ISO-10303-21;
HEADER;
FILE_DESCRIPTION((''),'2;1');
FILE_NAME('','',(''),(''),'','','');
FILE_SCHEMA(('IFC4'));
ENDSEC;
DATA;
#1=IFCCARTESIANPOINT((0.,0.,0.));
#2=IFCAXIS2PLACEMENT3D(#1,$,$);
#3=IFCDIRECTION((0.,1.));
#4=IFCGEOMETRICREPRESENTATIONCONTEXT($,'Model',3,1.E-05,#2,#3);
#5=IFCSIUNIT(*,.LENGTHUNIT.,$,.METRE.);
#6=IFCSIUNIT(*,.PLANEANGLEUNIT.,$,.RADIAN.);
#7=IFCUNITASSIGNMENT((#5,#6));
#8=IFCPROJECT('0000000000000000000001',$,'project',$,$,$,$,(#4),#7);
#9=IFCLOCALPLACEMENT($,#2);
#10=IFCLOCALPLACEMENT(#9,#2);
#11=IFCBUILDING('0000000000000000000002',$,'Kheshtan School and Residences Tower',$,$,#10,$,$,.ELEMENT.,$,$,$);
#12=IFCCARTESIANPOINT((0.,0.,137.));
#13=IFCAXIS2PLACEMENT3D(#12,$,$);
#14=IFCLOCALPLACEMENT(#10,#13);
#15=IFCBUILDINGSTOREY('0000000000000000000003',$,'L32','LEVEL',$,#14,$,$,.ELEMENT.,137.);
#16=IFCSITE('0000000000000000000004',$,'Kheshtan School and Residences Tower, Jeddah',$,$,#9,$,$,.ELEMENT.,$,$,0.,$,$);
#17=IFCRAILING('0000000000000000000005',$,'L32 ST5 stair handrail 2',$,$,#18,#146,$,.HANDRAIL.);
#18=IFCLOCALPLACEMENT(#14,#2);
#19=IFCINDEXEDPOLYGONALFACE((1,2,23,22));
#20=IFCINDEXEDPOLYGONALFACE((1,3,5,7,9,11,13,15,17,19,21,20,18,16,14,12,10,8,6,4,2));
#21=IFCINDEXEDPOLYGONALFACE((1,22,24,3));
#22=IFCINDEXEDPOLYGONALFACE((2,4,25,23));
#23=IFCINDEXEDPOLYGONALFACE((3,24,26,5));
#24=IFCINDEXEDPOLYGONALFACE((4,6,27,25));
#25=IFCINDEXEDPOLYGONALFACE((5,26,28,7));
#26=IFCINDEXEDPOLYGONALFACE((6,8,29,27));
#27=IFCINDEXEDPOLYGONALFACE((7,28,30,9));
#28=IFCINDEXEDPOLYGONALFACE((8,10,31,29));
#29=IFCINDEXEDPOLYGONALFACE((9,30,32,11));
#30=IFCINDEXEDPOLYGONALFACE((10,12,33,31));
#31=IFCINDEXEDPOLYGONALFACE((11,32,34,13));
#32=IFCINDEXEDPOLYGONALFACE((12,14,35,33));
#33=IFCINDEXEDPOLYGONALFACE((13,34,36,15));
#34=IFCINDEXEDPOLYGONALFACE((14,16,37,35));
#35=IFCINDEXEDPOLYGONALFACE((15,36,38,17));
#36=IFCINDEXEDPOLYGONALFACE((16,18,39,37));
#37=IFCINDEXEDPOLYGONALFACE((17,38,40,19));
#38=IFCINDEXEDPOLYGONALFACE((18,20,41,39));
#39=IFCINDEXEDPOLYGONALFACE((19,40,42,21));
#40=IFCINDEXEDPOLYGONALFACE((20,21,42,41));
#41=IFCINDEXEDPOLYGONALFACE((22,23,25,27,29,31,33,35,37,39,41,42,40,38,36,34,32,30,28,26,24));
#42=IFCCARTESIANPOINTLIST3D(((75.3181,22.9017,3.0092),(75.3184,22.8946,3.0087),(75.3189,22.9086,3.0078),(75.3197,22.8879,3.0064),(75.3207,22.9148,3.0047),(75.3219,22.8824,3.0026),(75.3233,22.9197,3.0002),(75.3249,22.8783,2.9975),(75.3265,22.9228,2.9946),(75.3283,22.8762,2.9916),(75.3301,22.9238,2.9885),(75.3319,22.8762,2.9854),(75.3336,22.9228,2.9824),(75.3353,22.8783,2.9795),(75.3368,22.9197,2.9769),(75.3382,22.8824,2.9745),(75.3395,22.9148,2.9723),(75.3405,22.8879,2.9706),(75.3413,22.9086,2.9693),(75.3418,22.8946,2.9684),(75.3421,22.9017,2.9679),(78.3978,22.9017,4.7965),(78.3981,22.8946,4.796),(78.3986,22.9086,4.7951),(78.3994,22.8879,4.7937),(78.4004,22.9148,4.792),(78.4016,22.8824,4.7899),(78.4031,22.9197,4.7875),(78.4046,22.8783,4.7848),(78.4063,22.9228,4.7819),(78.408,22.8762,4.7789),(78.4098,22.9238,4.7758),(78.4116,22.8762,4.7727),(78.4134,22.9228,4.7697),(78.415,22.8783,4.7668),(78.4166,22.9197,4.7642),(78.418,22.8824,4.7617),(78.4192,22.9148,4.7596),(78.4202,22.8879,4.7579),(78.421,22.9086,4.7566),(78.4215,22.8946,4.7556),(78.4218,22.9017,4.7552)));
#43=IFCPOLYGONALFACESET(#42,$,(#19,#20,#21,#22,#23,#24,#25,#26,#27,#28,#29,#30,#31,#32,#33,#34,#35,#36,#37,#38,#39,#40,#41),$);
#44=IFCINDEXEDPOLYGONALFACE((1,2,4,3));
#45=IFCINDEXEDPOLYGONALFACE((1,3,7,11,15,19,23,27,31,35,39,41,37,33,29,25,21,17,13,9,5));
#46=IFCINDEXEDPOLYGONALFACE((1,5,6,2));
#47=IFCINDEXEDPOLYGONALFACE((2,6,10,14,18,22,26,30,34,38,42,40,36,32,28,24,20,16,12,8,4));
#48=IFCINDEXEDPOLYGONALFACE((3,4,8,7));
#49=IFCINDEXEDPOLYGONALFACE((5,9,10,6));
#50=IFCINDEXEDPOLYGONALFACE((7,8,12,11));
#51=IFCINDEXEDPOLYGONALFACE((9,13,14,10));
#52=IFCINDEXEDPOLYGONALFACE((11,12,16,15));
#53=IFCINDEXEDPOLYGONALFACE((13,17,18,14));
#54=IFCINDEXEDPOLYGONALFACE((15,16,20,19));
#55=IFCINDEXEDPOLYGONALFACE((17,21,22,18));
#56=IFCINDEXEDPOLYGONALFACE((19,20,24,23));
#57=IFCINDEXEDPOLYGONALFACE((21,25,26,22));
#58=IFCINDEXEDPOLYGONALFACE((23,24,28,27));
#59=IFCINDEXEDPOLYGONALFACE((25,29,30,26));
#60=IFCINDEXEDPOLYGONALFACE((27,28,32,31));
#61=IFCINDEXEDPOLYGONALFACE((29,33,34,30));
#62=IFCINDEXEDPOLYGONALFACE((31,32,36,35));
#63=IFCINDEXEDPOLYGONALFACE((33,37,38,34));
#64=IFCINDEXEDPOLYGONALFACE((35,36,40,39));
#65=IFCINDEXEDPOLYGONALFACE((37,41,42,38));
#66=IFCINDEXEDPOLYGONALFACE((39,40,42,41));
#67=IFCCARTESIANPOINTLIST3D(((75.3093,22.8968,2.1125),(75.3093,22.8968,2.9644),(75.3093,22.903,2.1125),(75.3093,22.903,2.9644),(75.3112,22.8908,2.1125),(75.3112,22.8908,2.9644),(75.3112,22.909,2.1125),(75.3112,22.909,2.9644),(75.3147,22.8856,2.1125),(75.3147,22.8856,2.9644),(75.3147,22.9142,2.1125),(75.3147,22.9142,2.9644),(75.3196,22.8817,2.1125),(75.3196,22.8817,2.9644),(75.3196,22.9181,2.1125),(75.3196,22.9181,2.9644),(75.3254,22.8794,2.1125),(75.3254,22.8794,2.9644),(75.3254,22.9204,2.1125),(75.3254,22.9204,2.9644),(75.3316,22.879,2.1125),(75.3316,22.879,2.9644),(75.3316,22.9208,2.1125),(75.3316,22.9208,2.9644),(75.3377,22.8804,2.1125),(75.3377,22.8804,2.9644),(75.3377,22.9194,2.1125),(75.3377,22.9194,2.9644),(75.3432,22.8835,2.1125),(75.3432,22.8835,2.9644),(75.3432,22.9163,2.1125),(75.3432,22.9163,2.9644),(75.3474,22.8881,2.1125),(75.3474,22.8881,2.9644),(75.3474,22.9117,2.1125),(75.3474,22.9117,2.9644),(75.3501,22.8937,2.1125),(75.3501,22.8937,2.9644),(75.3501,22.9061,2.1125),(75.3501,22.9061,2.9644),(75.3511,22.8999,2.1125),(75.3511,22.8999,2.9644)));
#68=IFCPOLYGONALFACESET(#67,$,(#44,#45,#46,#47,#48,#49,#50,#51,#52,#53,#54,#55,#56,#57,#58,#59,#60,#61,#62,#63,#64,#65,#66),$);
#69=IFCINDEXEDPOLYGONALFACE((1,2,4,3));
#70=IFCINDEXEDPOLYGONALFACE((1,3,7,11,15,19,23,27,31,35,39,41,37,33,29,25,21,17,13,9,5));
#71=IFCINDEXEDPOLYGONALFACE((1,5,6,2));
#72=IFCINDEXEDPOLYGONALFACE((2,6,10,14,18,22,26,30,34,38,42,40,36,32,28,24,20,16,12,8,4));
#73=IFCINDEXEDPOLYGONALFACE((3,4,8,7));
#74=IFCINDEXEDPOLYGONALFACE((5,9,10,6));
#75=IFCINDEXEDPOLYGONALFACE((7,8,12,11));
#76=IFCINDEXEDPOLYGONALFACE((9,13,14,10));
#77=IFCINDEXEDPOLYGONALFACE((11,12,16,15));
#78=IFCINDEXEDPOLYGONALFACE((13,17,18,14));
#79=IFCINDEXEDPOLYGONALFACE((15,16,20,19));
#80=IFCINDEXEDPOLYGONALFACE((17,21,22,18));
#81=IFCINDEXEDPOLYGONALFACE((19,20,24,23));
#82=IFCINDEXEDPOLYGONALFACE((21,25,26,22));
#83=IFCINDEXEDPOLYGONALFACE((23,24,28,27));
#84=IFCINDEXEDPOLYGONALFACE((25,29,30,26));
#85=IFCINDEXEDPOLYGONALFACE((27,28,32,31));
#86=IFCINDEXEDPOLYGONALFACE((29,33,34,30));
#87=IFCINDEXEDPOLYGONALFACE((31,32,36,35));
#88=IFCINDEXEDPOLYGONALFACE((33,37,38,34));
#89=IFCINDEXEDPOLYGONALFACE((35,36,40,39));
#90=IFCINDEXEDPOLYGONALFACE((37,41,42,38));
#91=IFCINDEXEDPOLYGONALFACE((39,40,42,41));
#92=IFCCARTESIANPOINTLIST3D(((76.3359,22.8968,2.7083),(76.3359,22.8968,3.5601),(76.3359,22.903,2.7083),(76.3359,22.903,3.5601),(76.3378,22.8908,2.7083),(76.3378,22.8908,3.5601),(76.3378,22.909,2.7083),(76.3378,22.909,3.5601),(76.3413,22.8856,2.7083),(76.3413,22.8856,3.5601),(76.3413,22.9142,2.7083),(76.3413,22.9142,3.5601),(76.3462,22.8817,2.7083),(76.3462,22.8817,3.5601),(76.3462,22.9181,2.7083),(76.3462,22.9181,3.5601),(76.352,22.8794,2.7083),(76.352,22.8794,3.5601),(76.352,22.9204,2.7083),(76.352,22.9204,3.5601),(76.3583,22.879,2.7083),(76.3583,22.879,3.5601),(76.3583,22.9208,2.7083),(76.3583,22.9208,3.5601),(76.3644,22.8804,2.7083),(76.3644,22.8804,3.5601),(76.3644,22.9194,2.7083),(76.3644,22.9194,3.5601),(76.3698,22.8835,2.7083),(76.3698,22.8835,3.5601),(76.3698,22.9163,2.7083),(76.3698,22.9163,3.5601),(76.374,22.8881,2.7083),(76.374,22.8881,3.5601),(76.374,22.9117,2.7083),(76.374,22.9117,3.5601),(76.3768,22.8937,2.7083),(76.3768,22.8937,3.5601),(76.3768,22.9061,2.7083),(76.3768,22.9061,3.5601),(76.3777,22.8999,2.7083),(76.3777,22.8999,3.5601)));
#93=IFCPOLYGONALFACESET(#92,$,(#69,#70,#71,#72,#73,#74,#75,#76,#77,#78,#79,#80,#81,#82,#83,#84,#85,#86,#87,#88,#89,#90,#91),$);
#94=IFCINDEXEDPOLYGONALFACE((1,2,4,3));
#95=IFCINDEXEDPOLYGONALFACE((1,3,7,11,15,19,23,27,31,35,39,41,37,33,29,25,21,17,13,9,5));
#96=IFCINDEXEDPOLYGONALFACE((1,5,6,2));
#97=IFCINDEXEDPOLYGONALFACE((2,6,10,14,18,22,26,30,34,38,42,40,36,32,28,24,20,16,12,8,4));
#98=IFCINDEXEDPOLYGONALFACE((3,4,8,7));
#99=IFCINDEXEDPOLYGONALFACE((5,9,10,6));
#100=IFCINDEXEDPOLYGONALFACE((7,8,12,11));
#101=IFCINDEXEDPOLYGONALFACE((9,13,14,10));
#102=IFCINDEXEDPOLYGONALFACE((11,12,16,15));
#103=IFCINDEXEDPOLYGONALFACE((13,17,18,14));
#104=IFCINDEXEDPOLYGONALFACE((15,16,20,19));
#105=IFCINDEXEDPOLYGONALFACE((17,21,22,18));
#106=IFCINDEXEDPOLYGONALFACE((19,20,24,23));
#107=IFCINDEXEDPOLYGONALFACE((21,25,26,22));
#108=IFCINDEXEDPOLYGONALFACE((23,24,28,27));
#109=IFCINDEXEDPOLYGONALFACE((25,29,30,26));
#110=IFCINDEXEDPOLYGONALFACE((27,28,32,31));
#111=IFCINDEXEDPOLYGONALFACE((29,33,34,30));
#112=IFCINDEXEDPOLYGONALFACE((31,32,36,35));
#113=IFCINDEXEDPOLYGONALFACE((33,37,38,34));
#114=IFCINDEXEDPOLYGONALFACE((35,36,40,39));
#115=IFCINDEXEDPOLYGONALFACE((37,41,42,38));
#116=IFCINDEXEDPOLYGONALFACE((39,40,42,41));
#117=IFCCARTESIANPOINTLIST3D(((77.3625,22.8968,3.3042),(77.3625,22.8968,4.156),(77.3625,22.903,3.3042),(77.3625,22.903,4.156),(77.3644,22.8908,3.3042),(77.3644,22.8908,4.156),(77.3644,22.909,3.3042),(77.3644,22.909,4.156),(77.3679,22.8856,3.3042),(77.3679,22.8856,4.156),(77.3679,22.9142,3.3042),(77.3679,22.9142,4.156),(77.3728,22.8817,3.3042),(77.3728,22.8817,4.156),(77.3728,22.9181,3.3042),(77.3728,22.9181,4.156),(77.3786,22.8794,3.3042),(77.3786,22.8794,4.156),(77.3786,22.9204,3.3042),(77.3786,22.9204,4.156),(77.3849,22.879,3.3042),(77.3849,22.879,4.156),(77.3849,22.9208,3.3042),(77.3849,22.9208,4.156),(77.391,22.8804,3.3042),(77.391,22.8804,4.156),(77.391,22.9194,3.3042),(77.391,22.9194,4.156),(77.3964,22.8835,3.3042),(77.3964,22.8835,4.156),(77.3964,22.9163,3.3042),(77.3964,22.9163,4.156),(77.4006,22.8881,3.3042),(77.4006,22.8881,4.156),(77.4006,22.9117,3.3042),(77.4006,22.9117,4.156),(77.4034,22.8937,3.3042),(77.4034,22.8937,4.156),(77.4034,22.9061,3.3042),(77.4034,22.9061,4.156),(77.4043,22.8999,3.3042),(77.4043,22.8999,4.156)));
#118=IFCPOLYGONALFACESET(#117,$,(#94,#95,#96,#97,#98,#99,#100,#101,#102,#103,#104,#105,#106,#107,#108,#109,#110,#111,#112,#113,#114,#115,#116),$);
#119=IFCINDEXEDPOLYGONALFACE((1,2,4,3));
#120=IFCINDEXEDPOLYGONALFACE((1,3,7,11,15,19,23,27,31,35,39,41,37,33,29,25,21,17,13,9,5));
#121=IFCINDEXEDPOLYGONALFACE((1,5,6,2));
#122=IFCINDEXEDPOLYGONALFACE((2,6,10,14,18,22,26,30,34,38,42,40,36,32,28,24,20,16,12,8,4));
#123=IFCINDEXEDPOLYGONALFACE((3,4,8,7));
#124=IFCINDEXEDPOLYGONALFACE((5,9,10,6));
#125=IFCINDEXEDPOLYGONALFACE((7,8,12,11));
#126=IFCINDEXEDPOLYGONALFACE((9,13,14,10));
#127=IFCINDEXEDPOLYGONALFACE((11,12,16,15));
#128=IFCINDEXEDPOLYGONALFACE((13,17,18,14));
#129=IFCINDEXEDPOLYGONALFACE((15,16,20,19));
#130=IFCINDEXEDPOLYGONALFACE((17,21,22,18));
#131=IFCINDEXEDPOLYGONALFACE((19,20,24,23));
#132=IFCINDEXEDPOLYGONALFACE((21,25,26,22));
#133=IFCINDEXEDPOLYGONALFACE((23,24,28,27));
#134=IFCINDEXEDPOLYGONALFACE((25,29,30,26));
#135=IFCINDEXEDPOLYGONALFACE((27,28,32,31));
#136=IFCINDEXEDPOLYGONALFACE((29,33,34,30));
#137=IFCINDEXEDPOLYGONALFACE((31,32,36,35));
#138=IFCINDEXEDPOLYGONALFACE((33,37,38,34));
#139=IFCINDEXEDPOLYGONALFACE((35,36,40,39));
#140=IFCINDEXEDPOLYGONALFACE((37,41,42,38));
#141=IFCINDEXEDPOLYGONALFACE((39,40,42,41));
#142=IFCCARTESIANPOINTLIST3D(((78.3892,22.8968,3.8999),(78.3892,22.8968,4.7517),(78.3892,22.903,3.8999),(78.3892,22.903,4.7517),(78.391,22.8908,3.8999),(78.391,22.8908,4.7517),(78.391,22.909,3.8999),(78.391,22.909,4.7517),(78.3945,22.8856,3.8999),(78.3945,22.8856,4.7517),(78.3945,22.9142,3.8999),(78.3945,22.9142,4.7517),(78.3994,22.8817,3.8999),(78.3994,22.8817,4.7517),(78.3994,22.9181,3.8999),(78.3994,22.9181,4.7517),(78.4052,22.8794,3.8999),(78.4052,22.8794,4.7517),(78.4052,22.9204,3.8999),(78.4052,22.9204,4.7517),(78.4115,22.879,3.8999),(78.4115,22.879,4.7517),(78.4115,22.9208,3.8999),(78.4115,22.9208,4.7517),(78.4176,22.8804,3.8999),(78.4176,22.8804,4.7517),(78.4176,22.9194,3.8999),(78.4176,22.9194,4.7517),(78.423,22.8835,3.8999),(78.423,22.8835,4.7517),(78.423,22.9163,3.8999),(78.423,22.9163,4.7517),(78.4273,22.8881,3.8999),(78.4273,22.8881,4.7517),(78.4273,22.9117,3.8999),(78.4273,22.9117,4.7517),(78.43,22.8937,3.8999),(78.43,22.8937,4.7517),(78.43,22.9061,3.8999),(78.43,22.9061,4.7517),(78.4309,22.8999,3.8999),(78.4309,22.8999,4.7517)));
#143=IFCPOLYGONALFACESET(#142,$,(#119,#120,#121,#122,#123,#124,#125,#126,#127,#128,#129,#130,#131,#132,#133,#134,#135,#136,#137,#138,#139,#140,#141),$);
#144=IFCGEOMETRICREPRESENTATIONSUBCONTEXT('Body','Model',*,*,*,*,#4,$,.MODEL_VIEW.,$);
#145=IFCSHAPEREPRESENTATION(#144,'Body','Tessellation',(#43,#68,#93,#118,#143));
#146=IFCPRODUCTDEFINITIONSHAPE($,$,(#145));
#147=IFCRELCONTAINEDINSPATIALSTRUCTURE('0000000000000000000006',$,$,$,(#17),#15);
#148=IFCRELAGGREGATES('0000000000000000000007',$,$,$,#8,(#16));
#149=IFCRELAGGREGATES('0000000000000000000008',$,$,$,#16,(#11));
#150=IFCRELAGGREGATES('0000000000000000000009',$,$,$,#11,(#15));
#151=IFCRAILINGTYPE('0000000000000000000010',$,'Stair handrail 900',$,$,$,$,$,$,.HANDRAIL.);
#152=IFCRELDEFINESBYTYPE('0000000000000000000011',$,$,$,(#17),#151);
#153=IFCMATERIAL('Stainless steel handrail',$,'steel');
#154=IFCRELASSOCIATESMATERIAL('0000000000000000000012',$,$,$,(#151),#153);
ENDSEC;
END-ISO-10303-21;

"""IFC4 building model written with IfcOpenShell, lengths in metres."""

from ifc_helpers import new_model, si_unit, direction, frame, origin, origin_2d, place, context, subcontext, project, spatial, circle, extrude, material, type_object, element, save


model = new_model("IFC4")

# Units and contexts
model_context = context("Model", 3, precision=1e-05, world=origin(), true_north=direction((0.0, 1.0)))
body_context = subcontext(model_context, "Body", "Model", "MODEL_VIEW")
ifc_project = project(units=[si_unit("LENGTHUNIT", "METRE"), si_unit("PLANEANGLEUNIT", "RADIAN")], contexts=[model_context])

# Site, building, storey
site_placement = place(None, origin())
site = spatial("IfcSite", under=ifc_project, at=site_placement, Name="Kheshtan School and Residences Tower, Jeddah", CompositionType="ELEMENT", RefElevation=0.0)
building_placement = place(site_placement, origin())
building = spatial("IfcBuilding", under=site, at=building_placement, Name="Kheshtan School and Residences Tower", CompositionType="ELEMENT")
storey_placement = place(building_placement, frame((0.0, 0.0, 137.0)))
storey = spatial("IfcBuildingStorey", under=building, at=storey_placement, Name="L32", Description="LEVEL", CompositionType="ELEMENT", Elevation=137.0)

# Railing
ifc_material_1 = material(Name="Stainless steel handrail", Category="steel")
railing_type_1 = type_object("IfcRailingType", Name="Stair handrail 900", PredefinedType="HANDRAIL", material=ifc_material_1)
railing_1_placement = place(storey_placement, frame((75.3301, 22.8999, 2.1125)))
element("IfcRailing", 1, at=railing_1_placement, inside=storey, type_object=railing_type_1, Name="L32 ST5 stair handrail 2", PredefinedType="HANDRAIL", context=body_context, shape_type="SweptSolid", body=[
    extrude(circle(Radius=0.0239, at=origin_2d()), frame((0.0, 0.0, 0.876), z_axis=(0.864903, 0.0, 0.501939), x_axis=(0.0, 1.0, 0.0)), (0.0, 0.0, 1.0), 3.5608),
    extrude(circle(Radius=0.021, at=origin_2d()), origin(), (0.0, 0.0, 1.0), 0.8518),
    extrude(circle(Radius=0.021, at=origin_2d()), frame((1.0266, 0.0, 0.5957)), (0.0, 0.0, 1.0), 0.8518),
    extrude(circle(Radius=0.021, at=origin_2d()), frame((2.0532, 0.0, 1.1917)), (0.0, 0.0, 1.0), 0.8518),
    extrude(circle(Radius=0.021, at=origin_2d()), frame((3.0798, 0.0, 1.7874)), (0.0, 0.0, 1.0), 0.8518),
])

save(model, "model.ifc")
